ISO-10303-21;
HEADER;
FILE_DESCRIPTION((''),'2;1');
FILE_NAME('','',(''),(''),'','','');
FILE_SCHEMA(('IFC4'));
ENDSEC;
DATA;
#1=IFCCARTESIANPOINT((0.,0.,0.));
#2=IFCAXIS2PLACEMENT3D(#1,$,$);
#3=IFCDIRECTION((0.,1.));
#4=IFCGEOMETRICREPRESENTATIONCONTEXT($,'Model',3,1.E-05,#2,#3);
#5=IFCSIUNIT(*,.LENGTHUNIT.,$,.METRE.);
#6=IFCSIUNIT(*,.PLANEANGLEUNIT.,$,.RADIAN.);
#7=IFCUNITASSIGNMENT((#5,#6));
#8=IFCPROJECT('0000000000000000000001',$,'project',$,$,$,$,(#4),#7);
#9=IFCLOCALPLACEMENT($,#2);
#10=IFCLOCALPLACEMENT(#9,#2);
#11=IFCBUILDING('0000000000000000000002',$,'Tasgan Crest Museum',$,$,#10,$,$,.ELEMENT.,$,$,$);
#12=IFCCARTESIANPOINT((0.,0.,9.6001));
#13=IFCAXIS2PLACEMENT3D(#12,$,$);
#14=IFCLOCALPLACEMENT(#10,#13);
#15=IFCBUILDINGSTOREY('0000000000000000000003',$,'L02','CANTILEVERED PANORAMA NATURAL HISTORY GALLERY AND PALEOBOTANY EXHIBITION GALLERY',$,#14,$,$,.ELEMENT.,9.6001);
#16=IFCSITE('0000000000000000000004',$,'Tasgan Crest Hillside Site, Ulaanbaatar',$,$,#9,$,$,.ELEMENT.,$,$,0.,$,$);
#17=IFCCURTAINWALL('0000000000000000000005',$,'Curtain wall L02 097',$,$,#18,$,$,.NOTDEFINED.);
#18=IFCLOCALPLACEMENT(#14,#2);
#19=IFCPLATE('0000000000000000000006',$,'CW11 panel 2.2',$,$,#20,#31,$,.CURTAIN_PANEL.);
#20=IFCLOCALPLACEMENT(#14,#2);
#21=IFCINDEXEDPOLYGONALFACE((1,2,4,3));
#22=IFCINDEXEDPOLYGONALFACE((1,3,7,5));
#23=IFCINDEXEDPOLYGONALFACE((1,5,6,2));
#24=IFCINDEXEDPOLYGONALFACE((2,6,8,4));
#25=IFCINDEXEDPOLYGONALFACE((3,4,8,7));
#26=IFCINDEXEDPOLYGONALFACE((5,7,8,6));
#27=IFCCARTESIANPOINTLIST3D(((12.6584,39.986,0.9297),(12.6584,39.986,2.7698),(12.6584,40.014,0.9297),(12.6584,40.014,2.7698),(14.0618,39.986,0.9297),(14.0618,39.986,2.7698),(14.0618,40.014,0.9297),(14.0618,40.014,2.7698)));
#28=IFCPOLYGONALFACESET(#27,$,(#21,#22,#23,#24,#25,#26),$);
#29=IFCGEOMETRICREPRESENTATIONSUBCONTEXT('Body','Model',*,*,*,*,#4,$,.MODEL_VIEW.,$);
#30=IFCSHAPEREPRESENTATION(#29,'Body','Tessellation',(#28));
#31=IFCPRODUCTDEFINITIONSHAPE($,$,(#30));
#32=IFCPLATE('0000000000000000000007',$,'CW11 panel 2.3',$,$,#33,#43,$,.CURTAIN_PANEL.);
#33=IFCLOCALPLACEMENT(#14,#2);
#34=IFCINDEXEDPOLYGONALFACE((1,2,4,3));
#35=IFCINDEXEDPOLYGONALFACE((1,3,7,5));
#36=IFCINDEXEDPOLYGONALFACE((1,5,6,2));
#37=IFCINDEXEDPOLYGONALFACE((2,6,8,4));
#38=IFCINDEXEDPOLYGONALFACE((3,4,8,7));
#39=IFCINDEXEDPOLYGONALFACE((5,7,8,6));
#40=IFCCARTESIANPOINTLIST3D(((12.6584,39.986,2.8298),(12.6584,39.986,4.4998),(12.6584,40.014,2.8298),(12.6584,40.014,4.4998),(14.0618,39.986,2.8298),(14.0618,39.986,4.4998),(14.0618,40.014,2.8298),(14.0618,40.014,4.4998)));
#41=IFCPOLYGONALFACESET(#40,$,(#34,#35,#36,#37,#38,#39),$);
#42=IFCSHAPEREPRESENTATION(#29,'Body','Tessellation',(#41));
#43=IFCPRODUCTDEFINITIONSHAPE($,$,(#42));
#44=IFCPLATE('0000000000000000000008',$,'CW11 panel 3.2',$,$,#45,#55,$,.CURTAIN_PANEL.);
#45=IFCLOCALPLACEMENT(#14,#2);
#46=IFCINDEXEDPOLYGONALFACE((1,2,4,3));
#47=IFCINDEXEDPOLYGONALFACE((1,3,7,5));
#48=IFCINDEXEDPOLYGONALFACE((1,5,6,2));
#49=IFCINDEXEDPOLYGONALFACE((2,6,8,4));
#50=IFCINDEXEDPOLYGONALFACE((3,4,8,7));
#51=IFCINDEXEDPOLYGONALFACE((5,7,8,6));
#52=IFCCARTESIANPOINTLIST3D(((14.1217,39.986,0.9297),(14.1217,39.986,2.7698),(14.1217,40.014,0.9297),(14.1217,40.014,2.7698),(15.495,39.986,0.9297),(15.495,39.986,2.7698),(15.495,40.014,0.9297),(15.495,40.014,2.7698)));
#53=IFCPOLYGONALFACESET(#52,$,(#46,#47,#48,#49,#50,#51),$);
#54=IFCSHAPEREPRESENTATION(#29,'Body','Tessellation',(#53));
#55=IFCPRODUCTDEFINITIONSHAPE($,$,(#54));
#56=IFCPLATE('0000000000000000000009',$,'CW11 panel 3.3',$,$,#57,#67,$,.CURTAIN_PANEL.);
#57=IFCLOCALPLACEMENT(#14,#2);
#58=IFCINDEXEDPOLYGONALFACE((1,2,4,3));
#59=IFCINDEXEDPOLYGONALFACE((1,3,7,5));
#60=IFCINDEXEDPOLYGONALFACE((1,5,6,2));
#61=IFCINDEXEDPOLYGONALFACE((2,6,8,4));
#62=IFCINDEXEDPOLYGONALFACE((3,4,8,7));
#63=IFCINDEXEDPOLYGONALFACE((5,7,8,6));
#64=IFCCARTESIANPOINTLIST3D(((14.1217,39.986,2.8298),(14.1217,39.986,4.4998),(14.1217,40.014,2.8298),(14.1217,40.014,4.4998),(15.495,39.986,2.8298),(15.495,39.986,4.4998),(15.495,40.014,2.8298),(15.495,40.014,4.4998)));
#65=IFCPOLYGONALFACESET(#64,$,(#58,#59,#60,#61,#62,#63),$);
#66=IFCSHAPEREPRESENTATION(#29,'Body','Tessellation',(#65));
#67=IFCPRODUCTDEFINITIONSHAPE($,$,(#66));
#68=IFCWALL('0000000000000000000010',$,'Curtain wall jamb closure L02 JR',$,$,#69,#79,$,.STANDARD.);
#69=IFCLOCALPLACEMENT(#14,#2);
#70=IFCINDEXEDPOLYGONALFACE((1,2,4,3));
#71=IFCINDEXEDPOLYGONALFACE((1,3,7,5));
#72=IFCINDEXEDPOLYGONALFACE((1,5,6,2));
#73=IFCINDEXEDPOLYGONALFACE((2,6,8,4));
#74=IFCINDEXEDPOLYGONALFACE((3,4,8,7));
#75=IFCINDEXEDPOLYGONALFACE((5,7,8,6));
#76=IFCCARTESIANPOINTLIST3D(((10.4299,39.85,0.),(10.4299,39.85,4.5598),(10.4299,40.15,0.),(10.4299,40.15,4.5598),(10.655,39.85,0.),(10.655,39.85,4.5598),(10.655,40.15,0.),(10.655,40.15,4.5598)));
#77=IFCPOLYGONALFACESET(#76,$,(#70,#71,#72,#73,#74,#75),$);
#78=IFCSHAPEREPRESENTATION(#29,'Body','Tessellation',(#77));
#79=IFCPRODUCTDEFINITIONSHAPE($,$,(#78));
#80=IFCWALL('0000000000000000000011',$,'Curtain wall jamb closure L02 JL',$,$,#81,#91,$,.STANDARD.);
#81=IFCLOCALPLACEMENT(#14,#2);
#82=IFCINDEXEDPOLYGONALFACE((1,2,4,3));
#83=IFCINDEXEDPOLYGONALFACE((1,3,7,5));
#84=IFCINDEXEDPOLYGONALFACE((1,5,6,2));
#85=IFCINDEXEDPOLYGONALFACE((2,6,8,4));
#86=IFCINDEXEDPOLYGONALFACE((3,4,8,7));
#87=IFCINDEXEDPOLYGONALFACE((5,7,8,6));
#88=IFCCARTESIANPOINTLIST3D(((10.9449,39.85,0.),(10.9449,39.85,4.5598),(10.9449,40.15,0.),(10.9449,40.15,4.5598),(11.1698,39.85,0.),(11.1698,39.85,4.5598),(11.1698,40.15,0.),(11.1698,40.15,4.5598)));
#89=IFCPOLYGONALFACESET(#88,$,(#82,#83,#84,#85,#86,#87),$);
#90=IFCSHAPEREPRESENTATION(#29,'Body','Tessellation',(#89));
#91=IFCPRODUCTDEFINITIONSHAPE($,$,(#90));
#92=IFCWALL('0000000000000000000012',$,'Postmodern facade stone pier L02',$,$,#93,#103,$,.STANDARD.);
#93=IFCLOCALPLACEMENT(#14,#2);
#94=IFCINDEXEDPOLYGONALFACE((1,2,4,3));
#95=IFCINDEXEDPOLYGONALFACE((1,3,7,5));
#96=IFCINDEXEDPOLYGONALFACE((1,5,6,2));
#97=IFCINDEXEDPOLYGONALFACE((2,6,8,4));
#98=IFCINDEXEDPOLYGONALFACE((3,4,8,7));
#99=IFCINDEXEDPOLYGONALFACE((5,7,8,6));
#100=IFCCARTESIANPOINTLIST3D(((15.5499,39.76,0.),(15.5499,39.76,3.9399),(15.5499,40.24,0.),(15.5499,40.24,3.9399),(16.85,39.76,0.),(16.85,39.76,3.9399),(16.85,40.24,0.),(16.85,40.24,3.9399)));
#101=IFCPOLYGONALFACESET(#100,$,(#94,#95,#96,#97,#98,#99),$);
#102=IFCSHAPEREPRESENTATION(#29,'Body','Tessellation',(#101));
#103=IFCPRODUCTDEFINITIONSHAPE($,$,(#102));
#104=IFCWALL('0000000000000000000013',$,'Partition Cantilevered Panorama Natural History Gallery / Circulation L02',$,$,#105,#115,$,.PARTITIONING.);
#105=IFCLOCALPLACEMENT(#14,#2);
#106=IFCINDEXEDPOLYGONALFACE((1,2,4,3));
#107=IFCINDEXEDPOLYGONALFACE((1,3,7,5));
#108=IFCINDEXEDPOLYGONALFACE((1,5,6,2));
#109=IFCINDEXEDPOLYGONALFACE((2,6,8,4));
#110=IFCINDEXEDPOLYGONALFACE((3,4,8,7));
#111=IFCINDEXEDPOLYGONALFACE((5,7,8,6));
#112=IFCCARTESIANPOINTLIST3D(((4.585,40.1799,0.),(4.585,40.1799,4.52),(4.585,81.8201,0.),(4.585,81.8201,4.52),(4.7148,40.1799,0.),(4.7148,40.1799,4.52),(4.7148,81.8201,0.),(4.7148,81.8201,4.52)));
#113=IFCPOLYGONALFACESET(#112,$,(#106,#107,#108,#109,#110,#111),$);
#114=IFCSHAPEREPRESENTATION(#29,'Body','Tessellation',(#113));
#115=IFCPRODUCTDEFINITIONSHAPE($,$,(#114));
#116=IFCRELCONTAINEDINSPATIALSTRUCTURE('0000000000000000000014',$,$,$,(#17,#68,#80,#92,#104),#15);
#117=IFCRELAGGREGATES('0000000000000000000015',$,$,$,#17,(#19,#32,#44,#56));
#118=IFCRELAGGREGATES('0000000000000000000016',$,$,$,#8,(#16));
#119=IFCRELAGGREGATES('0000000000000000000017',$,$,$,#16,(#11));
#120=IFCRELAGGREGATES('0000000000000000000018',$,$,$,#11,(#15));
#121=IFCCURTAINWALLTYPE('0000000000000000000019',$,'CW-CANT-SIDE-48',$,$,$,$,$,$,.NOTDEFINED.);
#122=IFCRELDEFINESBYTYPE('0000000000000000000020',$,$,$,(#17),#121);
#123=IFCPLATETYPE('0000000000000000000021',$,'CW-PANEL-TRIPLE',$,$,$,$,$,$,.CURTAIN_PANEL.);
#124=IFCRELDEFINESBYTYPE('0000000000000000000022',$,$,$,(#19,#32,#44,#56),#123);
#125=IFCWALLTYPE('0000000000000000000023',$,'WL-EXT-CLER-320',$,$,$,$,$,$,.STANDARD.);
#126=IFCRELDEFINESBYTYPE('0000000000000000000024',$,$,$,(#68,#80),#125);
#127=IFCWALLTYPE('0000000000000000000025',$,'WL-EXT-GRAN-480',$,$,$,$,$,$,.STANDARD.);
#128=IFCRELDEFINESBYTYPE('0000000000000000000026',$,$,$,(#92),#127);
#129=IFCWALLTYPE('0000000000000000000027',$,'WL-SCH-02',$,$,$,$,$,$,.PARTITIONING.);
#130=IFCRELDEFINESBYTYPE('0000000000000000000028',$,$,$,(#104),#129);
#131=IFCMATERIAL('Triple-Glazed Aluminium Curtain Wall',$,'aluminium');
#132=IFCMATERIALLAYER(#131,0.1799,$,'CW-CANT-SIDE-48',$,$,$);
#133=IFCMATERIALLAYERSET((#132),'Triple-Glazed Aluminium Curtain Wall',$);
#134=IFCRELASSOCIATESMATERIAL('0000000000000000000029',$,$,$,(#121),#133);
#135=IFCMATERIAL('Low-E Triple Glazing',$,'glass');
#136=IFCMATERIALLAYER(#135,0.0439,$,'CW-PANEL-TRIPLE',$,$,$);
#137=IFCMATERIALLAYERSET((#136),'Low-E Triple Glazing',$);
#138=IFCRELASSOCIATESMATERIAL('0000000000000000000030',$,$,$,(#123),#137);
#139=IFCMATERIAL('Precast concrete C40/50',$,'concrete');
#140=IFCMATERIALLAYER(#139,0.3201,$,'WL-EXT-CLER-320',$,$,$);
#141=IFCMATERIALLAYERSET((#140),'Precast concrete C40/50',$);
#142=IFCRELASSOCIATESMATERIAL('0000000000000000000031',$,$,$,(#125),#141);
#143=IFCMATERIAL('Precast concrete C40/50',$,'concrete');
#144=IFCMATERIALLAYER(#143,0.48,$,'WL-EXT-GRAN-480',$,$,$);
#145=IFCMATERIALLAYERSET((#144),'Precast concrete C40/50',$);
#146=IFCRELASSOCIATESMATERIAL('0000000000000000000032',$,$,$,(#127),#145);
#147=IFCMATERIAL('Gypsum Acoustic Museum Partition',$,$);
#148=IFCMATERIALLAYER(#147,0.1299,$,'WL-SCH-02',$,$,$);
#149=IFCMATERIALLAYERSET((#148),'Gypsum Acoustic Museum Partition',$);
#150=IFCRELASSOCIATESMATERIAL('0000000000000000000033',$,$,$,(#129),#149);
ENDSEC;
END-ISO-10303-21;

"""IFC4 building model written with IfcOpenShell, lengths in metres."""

from ifc_helpers import new_model, si_unit, direction, frame, frame_2d, origin, origin_2d, place, context, subcontext, project, spatial, rectangle, extrude, material, layer, layer_set, type_object, element, aggregate, save


model = new_model("IFC4")

# Units and contexts
model_context = context("Model", 3, precision=1e-05, world=origin(), true_north=direction((0.0, 1.0)))
body_context = subcontext(model_context, "Body", "Model", "MODEL_VIEW")
ifc_project = project(units=[si_unit("LENGTHUNIT", "METRE"), si_unit("PLANEANGLEUNIT", "RADIAN")], contexts=[model_context])

# Site, building, storey
site_placement = place(None, origin())
site = spatial("IfcSite", under=ifc_project, at=site_placement, Name="Tasgan Crest Hillside Site, Ulaanbaatar", CompositionType="ELEMENT", RefElevation=0.0)
building_placement = place(site_placement, origin())
building = spatial("IfcBuilding", under=site, at=building_placement, Name="Tasgan Crest Museum", CompositionType="ELEMENT")
storey_placement = place(building_placement, frame((0.0, 0.0, 9.6001)))
storey = spatial("IfcBuildingStorey", under=building, at=storey_placement, Name="L02", Description="CANTILEVERED PANORAMA NATURAL HISTORY GALLERY AND PALEOBOTANY EXHIBITION GALLERY", CompositionType="ELEMENT", Elevation=9.6001)

# Shared definitions
ifc_material_1 = material(Name="Triple-Glazed Aluminium Curtain Wall", Category="aluminium")
ifc_layer_1 = layer(ifc_material_1, 0.1799, Name="CW-CANT-SIDE-48")
ifc_layer_set_1 = layer_set([ifc_layer_1], Name="Triple-Glazed Aluminium Curtain Wall")
curtain_wall_type = type_object("IfcCurtainWallType", Name="CW-CANT-SIDE-48", PredefinedType="NOTDEFINED", material=ifc_layer_set_1)

# Curtain wall
curtain_wall_1_placement = place(storey_placement, origin())
curtain_wall_1 = element("IfcCurtainWall", 1, at=curtain_wall_1_placement, inside=storey, type_object=curtain_wall_type, Name="Curtain wall L02 097", PredefinedType="NOTDEFINED")

# Plates
ifc_material_2 = material(Name="Low-E Triple Glazing", Category="glass")
ifc_layer_2 = layer(ifc_material_2, 0.0439, Name="CW-PANEL-TRIPLE")
ifc_layer_set_2 = layer_set([ifc_layer_2], Name="Low-E Triple Glazing")
plate_type_1 = type_object("IfcPlateType", Name="CW-PANEL-TRIPLE", PredefinedType="CURTAIN_PANEL", material=ifc_layer_set_2)
plate_1_placement = place(storey_placement, frame((13.3601, 40.0, 0.9297), z_axis=(0.0, 0.0, 1.0), x_axis=(1.0, 0.0, 0.0)))
plate_1 = element("IfcPlate", 2, at=plate_1_placement, type_object=plate_type_1, Name="CW11 panel 2.2", PredefinedType="CURTAIN_PANEL", context=body_context, shape_type="SweptSolid", body=[
    extrude(rectangle(XDim=1.4033, YDim=0.0281, at=origin_2d()), origin(), (0.0, 0.0, 1.0), 1.8401),
])
plate_2_placement = place(storey_placement, frame((13.3601, 40.0, 2.8298), z_axis=(0.0, 0.0, 1.0), x_axis=(1.0, 0.0, 0.0)))
plate_2 = element("IfcPlate", 3, at=plate_2_placement, type_object=plate_type_1, Name="CW11 panel 2.3", PredefinedType="CURTAIN_PANEL", context=body_context, shape_type="SweptSolid", body=[
    extrude(rectangle(XDim=1.4033, YDim=0.0281, at=origin_2d()), origin(), (0.0, 0.0, 1.0), 1.6699),
])
plate_3_placement = place(storey_placement, frame((14.8083, 40.0, 0.9297), z_axis=(0.0, 0.0, 1.0), x_axis=(1.0, 0.0, 0.0)))
plate_3 = element("IfcPlate", 4, at=plate_3_placement, type_object=plate_type_1, Name="CW11 panel 3.2", PredefinedType="CURTAIN_PANEL", context=body_context, shape_type="SweptSolid", body=[
    extrude(rectangle(XDim=1.3733, YDim=0.0281, at=origin_2d()), origin(), (0.0, 0.0, 1.0), 1.8401),
])
plate_4_placement = place(storey_placement, frame((14.8083, 40.0, 2.8298), z_axis=(0.0, 0.0, 1.0), x_axis=(1.0, 0.0, 0.0)))
plate_4 = element("IfcPlate", 5, at=plate_4_placement, type_object=plate_type_1, Name="CW11 panel 3.3", PredefinedType="CURTAIN_PANEL", context=body_context, shape_type="SweptSolid", body=[
    extrude(rectangle(XDim=1.3733, YDim=0.0281, at=origin_2d()), origin(), (0.0, 0.0, 1.0), 1.6699),
])
aggregate(curtain_wall_1, [plate_1, plate_2, plate_3, plate_4])

# Walls
ifc_material_3 = material(Name="Precast concrete C40/50", Category="concrete")
ifc_layer_3 = layer(ifc_material_3, 0.3201, Name="WL-EXT-CLER-320")
ifc_layer_set_3 = layer_set([ifc_layer_3], Name="Precast concrete C40/50")
wall_type_1 = type_object("IfcWallType", Name="WL-EXT-CLER-320", PredefinedType="STANDARD", material=ifc_layer_set_3)
wall_1_placement = place(storey_placement, frame((10.4299, 40.0, 0.0), z_axis=(0.0, 0.0, 1.0), x_axis=(1.0, 0.0, 0.0)))
element("IfcWall", 6, at=wall_1_placement, inside=storey, type_object=wall_type_1, Name="Curtain wall jamb closure L02 JR", PredefinedType="STANDARD", context=body_context, shape_type="SweptSolid", body=[
    extrude(rectangle(XDim=0.2251, YDim=0.3, at=frame_2d((0.1125, 0.0))), origin(), (0.0, 0.0, 1.0), 4.5598),
])
wall_2_placement = place(storey_placement, frame((10.9451, 40.0, 0.0), z_axis=(0.0, 0.0, 1.0), x_axis=(1.0, 0.0, 0.0)))
element("IfcWall", 7, at=wall_2_placement, inside=storey, type_object=wall_type_1, Name="Curtain wall jamb closure L02 JL", PredefinedType="STANDARD", context=body_context, shape_type="SweptSolid", body=[
    extrude(rectangle(XDim=0.2249, YDim=0.3, at=frame_2d((0.1123, 0.0))), origin(), (0.0, 0.0, 1.0), 4.5598),
])
ifc_material_4 = material(Name="Precast concrete C40/50", Category="concrete")
ifc_layer_4 = layer(ifc_material_4, 0.48, Name="WL-EXT-GRAN-480")
ifc_layer_set_4 = layer_set([ifc_layer_4], Name="Precast concrete C40/50")
wall_type_2 = type_object("IfcWallType", Name="WL-EXT-GRAN-480", PredefinedType="STANDARD", material=ifc_layer_set_4)
wall_3_placement = place(storey_placement, frame((15.55, 40.0, 0.0), z_axis=(0.0, 0.0, 1.0), x_axis=(1.0, 0.0, 0.0)))
element("IfcWall", 8, at=wall_3_placement, inside=storey, type_object=wall_type_2, Name="Postmodern facade stone pier L02", PredefinedType="STANDARD", context=body_context, shape_type="SweptSolid", body=[
    extrude(rectangle(XDim=1.3, YDim=0.48, at=frame_2d((0.6499, 0.0))), origin(), (0.0, 0.0, 1.0), 3.9399),
])
ifc_material_5 = material(Name="Gypsum Acoustic Museum Partition")
ifc_layer_5 = layer(ifc_material_5, 0.1299, Name="WL-SCH-02")
ifc_layer_set_5 = layer_set([ifc_layer_5], Name="Gypsum Acoustic Museum Partition")
wall_type_3 = type_object("IfcWallType", Name="WL-SCH-02", PredefinedType="PARTITIONING", material=ifc_layer_set_5)
wall_4_placement = place(storey_placement, frame((4.6499, 40.1799, 0.0), z_axis=(0.0, 0.0, 1.0), x_axis=(0.0, 1.0, 0.0)))
element("IfcWall", 9, at=wall_4_placement, inside=storey, type_object=wall_type_3, Name="Partition Cantilevered Panorama Natural History Gallery / Circulation L02", PredefinedType="PARTITIONING", context=body_context, shape_type="SweptSolid", body=[
    extrude(rectangle(XDim=41.6401, YDim=0.1299, at=frame_2d((20.8201, 0.0))), origin(), (0.0, 0.0, 1.0), 4.52),
])

save(model, "model.ifc")
